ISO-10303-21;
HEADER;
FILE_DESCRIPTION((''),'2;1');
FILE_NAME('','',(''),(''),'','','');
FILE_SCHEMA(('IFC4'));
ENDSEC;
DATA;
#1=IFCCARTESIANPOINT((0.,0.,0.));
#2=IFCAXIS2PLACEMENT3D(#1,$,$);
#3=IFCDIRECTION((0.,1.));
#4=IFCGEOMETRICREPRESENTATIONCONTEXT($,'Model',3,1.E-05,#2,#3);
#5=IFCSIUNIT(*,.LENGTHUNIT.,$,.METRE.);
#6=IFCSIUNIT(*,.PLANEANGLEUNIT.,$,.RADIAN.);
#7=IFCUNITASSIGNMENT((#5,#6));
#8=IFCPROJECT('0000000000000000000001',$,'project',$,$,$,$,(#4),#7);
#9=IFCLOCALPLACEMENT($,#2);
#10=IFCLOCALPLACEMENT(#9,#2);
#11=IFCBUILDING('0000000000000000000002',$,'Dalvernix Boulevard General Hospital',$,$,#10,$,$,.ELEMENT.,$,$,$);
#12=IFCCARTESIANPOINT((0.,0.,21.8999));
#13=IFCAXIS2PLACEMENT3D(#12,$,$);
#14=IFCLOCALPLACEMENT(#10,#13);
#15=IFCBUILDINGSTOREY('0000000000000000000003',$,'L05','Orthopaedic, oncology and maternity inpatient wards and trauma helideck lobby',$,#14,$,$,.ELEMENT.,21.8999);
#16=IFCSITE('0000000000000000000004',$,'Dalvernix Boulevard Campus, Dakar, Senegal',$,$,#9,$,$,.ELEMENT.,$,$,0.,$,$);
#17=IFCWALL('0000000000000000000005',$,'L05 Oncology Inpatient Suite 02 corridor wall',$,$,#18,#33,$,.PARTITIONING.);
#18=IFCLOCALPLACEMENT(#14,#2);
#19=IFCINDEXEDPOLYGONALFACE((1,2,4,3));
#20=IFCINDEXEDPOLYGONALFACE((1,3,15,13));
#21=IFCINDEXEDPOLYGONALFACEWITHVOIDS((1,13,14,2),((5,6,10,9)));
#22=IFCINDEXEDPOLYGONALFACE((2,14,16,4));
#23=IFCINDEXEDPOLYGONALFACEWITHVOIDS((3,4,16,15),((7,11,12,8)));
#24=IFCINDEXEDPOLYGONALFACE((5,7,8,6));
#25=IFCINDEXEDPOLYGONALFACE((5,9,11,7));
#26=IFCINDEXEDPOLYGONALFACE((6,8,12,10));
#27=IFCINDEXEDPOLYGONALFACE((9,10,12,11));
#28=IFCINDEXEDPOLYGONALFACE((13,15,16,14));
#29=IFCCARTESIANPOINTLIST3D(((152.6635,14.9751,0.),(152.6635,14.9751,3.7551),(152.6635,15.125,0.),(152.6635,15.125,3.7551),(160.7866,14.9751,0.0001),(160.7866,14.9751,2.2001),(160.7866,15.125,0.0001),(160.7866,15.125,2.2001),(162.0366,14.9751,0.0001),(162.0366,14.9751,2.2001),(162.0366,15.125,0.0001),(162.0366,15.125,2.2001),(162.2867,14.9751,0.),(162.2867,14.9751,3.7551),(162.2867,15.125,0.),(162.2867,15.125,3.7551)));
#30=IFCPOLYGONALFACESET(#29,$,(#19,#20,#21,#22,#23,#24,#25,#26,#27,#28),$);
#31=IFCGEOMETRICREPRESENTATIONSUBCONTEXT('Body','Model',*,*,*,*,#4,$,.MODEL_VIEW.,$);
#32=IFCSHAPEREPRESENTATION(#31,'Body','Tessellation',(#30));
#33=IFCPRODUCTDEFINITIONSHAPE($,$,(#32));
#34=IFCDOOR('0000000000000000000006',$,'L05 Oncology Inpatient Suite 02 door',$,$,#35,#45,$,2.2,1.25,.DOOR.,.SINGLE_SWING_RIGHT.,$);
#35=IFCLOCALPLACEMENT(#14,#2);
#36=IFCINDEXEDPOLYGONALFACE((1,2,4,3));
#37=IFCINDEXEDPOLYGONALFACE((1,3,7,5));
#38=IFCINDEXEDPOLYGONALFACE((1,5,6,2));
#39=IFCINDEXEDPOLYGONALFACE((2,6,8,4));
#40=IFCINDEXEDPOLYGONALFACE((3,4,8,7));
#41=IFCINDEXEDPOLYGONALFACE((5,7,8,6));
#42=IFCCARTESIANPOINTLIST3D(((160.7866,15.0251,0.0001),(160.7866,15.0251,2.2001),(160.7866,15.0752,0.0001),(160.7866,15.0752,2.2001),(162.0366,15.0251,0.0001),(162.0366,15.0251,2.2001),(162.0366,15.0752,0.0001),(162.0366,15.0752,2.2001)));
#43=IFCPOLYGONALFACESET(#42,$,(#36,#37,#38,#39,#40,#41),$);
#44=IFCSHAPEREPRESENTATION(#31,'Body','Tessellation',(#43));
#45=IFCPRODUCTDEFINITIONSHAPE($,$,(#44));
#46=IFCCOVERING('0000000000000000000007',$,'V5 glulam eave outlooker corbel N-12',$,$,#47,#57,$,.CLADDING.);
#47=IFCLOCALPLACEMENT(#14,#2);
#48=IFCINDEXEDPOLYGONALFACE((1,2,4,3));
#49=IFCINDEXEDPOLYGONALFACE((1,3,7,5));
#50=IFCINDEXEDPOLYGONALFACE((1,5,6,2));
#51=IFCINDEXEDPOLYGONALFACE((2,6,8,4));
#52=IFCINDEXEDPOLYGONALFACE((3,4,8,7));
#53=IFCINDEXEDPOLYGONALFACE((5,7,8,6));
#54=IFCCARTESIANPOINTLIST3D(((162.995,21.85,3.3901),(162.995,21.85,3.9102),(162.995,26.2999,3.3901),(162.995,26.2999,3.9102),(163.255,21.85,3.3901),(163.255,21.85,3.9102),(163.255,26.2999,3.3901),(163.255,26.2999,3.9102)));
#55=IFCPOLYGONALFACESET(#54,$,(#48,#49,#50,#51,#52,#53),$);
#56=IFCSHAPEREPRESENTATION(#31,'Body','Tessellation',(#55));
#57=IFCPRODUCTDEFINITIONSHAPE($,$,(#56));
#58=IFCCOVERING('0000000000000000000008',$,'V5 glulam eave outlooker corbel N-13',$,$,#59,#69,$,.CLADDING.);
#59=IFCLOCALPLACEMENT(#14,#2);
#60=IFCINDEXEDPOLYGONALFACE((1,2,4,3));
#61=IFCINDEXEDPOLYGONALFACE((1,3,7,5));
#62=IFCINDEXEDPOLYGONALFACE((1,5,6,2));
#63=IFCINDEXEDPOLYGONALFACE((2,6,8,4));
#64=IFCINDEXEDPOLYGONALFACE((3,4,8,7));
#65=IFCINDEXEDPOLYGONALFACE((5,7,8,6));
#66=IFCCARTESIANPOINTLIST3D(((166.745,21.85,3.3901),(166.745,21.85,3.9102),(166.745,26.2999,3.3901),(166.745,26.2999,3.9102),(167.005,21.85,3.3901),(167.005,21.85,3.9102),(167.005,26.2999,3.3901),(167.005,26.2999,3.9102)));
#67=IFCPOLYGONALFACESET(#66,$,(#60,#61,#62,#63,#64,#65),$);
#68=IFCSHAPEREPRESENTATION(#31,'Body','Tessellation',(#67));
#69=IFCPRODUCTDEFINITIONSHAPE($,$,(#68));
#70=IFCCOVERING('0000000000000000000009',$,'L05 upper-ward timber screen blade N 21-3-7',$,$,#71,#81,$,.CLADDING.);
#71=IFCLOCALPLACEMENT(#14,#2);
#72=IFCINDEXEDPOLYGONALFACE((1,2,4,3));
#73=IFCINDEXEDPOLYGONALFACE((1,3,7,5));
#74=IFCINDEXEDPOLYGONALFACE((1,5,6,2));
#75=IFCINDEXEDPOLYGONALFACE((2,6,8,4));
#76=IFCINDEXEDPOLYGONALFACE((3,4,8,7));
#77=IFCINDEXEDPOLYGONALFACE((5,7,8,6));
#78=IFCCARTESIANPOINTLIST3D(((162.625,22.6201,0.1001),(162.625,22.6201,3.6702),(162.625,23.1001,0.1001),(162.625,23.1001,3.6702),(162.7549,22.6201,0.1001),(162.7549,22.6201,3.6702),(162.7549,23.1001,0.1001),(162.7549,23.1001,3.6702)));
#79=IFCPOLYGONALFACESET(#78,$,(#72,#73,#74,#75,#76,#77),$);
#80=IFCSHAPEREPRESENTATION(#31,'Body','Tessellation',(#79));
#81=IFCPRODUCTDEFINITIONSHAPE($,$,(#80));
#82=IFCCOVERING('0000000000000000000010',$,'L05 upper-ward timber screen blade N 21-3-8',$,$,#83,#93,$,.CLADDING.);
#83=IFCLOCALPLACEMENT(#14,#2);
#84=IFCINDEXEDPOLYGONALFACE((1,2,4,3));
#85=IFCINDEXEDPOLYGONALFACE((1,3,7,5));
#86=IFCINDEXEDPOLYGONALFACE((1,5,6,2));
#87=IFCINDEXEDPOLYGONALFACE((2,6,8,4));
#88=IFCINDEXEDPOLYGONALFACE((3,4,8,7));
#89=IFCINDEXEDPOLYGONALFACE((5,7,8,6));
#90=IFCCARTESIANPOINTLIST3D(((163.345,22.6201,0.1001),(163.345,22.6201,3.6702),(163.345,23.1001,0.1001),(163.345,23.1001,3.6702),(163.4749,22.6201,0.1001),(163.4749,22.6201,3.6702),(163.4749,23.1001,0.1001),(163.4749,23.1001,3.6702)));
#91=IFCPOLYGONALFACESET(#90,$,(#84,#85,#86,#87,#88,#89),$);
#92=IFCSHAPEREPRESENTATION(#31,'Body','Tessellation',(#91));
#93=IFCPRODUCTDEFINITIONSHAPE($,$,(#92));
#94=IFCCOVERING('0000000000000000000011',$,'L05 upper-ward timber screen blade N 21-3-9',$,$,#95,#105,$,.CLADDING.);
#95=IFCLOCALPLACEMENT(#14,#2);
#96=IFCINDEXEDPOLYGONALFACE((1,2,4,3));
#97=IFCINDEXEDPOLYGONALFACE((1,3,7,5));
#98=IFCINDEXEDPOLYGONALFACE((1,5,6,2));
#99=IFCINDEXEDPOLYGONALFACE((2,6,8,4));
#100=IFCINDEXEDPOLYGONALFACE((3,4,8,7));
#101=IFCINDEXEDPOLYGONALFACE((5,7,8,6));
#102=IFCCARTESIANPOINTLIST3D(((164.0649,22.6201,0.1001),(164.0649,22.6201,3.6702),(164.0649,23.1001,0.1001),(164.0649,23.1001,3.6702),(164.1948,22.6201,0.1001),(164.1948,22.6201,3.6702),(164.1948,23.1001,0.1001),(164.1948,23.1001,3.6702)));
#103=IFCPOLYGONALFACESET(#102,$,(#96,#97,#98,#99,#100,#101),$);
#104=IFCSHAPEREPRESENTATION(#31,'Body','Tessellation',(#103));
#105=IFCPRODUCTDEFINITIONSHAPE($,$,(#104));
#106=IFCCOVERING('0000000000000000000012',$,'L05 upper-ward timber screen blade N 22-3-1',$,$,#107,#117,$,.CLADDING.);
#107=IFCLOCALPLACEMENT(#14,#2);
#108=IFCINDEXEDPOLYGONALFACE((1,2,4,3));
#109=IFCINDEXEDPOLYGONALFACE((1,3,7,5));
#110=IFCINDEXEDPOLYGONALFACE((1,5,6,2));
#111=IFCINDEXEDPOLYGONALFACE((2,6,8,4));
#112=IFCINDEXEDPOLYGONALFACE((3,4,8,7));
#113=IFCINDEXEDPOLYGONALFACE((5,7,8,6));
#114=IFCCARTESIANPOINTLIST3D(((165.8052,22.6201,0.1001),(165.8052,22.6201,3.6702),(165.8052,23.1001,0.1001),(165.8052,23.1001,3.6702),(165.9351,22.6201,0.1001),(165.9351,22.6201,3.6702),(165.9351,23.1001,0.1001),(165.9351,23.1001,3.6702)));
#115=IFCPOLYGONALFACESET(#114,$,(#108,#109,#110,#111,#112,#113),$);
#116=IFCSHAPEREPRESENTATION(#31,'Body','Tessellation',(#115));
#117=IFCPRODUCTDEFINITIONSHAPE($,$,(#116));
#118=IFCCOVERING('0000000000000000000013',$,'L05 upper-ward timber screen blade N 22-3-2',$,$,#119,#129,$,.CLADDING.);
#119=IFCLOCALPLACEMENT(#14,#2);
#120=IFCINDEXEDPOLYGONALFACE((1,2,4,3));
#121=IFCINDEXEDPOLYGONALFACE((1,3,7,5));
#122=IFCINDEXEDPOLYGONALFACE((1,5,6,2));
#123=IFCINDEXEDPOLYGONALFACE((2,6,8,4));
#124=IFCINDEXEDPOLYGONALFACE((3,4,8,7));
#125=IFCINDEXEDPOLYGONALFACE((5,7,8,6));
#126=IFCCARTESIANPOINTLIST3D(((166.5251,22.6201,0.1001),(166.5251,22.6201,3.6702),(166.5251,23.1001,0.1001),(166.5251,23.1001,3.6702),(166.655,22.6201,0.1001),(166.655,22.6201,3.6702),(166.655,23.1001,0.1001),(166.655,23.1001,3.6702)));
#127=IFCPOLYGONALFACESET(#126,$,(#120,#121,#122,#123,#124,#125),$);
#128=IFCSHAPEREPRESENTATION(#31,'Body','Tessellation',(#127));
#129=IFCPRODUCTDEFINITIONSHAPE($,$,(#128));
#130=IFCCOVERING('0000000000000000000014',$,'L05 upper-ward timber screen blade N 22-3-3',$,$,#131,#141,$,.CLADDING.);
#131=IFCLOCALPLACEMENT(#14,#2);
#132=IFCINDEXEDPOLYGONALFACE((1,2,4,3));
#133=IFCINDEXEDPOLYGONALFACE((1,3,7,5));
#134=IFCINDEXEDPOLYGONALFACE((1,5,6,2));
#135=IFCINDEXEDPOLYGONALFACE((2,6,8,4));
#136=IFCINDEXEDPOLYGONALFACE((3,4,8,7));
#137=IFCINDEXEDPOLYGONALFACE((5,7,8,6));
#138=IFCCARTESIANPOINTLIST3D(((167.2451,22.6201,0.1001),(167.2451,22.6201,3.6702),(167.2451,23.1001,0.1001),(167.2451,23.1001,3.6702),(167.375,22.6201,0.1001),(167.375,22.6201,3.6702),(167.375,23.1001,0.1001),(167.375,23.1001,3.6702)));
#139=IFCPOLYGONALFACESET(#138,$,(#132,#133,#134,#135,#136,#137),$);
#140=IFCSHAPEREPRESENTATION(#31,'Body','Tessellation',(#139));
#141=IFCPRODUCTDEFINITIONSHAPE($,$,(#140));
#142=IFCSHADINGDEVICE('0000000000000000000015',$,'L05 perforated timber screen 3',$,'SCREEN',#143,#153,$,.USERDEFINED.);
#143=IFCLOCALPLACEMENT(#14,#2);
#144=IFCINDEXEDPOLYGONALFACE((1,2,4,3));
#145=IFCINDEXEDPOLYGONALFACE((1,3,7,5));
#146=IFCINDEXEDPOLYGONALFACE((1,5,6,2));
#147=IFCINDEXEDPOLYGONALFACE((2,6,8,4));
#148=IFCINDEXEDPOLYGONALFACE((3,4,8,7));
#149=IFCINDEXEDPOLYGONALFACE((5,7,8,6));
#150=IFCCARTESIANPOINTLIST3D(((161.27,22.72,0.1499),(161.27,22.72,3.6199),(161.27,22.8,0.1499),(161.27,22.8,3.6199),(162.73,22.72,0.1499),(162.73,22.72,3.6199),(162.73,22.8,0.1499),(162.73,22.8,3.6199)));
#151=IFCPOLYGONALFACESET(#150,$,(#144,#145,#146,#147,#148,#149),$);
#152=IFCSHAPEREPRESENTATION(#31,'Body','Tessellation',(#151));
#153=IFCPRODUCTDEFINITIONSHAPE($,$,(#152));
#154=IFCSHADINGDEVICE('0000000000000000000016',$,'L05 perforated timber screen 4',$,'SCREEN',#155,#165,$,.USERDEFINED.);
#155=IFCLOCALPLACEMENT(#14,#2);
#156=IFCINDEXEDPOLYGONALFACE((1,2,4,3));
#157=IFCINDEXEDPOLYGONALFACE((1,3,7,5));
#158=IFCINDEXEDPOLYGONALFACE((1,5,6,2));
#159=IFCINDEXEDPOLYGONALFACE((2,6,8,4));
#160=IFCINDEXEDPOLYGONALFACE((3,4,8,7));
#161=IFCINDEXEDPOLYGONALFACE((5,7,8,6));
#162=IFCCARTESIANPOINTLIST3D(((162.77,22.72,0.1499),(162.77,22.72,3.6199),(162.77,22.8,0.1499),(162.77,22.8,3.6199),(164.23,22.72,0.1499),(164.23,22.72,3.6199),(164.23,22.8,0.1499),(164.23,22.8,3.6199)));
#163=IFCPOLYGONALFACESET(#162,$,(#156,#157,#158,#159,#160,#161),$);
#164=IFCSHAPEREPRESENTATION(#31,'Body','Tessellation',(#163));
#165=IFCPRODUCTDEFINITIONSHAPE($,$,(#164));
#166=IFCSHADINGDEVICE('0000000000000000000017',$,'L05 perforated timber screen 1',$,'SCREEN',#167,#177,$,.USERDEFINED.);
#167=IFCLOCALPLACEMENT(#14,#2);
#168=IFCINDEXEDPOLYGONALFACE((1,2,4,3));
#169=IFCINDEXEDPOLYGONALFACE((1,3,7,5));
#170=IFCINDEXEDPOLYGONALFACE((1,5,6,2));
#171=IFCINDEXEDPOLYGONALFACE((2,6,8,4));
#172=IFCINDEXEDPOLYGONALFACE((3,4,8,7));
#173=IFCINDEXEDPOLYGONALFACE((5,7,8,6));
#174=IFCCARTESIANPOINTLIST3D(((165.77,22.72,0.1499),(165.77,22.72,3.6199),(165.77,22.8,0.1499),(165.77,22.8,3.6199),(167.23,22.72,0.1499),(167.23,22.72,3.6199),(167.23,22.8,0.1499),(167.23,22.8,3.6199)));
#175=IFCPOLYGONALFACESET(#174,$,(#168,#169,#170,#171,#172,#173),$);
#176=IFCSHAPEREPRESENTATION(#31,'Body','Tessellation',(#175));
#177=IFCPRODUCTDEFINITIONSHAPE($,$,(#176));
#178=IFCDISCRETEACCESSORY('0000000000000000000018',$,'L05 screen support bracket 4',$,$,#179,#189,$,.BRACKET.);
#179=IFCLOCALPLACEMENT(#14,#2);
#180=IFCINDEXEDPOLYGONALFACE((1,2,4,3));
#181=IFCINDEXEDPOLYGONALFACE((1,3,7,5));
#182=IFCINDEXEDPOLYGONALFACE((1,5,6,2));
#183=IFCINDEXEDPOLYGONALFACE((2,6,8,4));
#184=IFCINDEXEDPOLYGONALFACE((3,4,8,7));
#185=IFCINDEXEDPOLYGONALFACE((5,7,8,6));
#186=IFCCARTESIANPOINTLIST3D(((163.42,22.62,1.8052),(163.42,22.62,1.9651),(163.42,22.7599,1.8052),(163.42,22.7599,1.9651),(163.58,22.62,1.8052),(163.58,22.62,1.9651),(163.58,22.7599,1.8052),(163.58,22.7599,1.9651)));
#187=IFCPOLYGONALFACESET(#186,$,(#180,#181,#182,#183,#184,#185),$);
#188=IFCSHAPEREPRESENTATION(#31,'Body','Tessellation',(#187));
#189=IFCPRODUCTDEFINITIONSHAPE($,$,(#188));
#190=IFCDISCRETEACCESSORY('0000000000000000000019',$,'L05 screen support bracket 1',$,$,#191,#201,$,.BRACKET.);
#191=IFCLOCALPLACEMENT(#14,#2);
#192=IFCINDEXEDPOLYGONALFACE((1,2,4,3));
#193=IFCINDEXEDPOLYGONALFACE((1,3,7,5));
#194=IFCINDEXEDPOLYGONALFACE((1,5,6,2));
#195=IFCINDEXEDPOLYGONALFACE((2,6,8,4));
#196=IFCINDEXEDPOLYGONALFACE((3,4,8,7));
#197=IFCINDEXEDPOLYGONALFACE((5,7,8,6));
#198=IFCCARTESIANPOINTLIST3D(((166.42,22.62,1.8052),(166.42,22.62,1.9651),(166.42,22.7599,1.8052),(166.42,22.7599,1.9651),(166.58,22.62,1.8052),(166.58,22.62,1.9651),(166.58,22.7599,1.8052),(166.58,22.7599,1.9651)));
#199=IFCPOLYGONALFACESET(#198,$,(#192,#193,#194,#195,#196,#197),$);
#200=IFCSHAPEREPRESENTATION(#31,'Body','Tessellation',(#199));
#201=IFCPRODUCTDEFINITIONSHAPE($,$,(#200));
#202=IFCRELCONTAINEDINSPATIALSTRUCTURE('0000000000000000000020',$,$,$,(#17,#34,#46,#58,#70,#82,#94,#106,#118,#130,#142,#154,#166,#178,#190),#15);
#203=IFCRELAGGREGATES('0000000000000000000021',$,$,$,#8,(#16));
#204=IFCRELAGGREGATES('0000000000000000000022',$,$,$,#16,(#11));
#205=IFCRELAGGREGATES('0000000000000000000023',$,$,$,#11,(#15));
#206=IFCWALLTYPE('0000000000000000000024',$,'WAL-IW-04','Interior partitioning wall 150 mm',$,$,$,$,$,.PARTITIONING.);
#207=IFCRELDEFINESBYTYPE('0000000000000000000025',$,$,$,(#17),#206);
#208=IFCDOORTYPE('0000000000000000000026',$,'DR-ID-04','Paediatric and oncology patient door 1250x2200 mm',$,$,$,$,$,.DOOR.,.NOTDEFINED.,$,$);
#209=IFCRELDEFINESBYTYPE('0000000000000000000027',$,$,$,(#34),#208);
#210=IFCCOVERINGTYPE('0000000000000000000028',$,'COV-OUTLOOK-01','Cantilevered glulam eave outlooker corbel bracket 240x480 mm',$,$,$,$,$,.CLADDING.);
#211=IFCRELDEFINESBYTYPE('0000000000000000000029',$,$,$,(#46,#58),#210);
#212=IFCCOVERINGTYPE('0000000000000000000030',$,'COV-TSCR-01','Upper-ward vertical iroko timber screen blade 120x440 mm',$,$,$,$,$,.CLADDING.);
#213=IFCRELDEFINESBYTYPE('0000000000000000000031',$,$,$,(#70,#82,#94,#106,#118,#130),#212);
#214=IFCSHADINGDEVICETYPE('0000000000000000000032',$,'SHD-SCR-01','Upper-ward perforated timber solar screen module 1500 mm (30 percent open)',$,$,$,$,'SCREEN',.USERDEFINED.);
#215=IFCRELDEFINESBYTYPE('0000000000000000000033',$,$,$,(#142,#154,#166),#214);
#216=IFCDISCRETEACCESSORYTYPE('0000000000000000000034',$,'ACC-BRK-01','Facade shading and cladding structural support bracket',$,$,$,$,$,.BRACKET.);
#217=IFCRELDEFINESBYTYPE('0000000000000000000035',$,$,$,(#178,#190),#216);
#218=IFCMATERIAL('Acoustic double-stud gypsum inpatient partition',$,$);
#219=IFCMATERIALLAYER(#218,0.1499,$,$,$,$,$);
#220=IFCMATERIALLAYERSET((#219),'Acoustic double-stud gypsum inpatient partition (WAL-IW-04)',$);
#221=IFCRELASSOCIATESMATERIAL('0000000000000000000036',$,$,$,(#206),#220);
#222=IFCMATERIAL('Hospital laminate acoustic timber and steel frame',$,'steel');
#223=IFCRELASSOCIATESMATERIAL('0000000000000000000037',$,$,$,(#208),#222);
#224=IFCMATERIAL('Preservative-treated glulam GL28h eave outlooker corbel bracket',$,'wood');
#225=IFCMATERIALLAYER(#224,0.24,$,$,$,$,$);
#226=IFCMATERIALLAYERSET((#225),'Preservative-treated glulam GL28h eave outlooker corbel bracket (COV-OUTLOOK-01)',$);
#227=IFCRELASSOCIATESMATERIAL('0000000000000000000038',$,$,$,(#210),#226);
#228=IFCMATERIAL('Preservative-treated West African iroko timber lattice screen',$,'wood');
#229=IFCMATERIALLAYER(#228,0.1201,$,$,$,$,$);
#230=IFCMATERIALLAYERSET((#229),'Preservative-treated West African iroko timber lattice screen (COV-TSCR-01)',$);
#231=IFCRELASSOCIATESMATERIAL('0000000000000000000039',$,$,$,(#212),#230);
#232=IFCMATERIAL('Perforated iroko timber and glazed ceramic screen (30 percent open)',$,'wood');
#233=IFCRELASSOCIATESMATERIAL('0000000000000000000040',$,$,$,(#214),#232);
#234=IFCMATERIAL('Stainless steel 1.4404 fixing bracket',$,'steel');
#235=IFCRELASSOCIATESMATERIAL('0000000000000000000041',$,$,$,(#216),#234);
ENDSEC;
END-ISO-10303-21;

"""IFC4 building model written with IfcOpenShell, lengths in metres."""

from ifc_helpers import new_model, si_unit, direction, frame, frame_2d, origin, origin_2d, place, context, subcontext, project, spatial, rectangle, extrude, material, layer, layer_set, type_object, element, fill, save


model = new_model("IFC4")

# Units and contexts
model_context = context("Model", 3, precision=1e-05, world=origin(), true_north=direction((0.0, 1.0)))
body_context = subcontext(model_context, "Body", "Model", "MODEL_VIEW")
ifc_project = project(units=[si_unit("LENGTHUNIT", "METRE"), si_unit("PLANEANGLEUNIT", "RADIAN")], contexts=[model_context])

# Site, building, storey
site_placement = place(None, origin())
site = spatial("IfcSite", under=ifc_project, at=site_placement, Name="Dalvernix Boulevard Campus, Dakar, Senegal", CompositionType="ELEMENT", RefElevation=0.0)
building_placement = place(site_placement, origin())
building = spatial("IfcBuilding", under=site, at=building_placement, Name="Dalvernix Boulevard General Hospital", CompositionType="ELEMENT")
storey_placement = place(building_placement, frame((0.0, 0.0, 21.8999)))
storey = spatial("IfcBuildingStorey", under=building, at=storey_placement, Name="L05", Description="Orthopaedic, oncology and maternity inpatient wards and trauma helideck lobby", CompositionType="ELEMENT", Elevation=21.8999)

# Wall, opening, door
ifc_material_1 = material(Name="Acoustic double-stud gypsum inpatient partition")
ifc_layer_1 = layer(ifc_material_1, 0.1499)
ifc_layer_set_1 = layer_set([ifc_layer_1], Name="Acoustic double-stud gypsum inpatient partition (WAL-IW-04)")
wall_type_1 = type_object("IfcWallType", Name="WAL-IW-04", Description="Interior partitioning wall 150 mm", PredefinedType="PARTITIONING", material=ifc_layer_set_1)
wall_1_placement = place(storey_placement, frame((162.2866, 15.05, 0.0), z_axis=(0.0, 0.0, 1.0), x_axis=(-1.0, 0.0, 0.0)))
wall_1 = element("IfcWall", 1, at=wall_1_placement, inside=storey, type_object=wall_type_1, Name="L05 Oncology Inpatient Suite 02 corridor wall", PredefinedType="PARTITIONING", context=body_context, shape_type="SweptSolid", body=[
    extrude(rectangle(XDim=9.6233, YDim=0.1499, at=frame_2d((4.8115, 0.0))), origin(), (0.0, 0.0, 1.0), 3.7551),
])
opening_1_placement = place(wall_1_placement, frame((0.25, 0.0, 0.0)))
opening_1 = element("IfcOpeningElement", 2, at=opening_1_placement, cuts=wall_1, PredefinedType="OPENING", context=body_context, shape_type="SweptSolid", body=[
    extrude(rectangle(XDim=1.25, YDim=2.2, at=frame_2d((0.625, 1.1001))), frame((0.0, 0.085, 0.0), z_axis=(0.0, -1.0, 0.0), x_axis=(1.0, 0.0, 0.0)), (0.0, 0.0, 1.0), 0.1699),
])
ifc_material_2 = material(Name="Hospital laminate acoustic timber and steel frame", Category="steel")
door_type = type_object("IfcDoorType", Name="DR-ID-04", Description="Paediatric and oncology patient door 1250x2200 mm", OperationType="NOTDEFINED", PredefinedType="DOOR", material=ifc_material_2)
door_placement = place(opening_1_placement, origin())
door = element("IfcDoor", 3, at=door_placement, inside=storey, type_object=door_type, Name="L05 Oncology Inpatient Suite 02 door", OperationType="SINGLE_SWING_RIGHT", OverallHeight=2.2, OverallWidth=1.25, PredefinedType="DOOR", context=body_context, shape_type="SweptSolid", body=[
    extrude(rectangle(XDim=1.25, YDim=2.2, at=frame_2d((0.625, 1.1001))), frame((0.0, 0.0249, 0.0), z_axis=(0.0, -1.0, 0.0), x_axis=(1.0, 0.0, 0.0)), (0.0, 0.0, 1.0), 0.05),
])
fill(opening_1, door)

# Coverings
ifc_material_3 = material(Name="Preservative-treated glulam GL28h eave outlooker corbel bracket", Category="wood")
ifc_layer_2 = layer(ifc_material_3, 0.24)
ifc_layer_set_2 = layer_set([ifc_layer_2], Name="Preservative-treated glulam GL28h eave outlooker corbel bracket (COV-OUTLOOK-01)")
covering_type_1 = type_object("IfcCoveringType", Name="COV-OUTLOOK-01", Description="Cantilevered glulam eave outlooker corbel bracket 240x480 mm", PredefinedType="CLADDING", material=ifc_layer_set_2)
for number, where, z_axis, x_axis, name in (
    (4, (163.125, 24.075, 3.3901), (0.0, 0.0, 1.0), (1.0, 0.0, 0.0), "V5 glulam eave outlooker corbel N-12"),
    (5, (166.875, 24.075, 3.3901), (0.0, 0.0, 1.0), (1.0, 0.0, 0.0), "V5 glulam eave outlooker corbel N-13"),
):
    element("IfcCovering", number, at=place(storey_placement, frame(where, z_axis=z_axis, x_axis=x_axis)), inside=storey, type_object=covering_type_1, Name=name, PredefinedType="CLADDING", context=body_context, shape_type="SweptSolid", body=[
        extrude(rectangle(XDim=0.26, YDim=4.45, at=origin_2d()), origin(), (0.0, 0.0, 1.0), 0.52),
    ])
ifc_material_4 = material(Name="Preservative-treated West African iroko timber lattice screen", Category="wood")
ifc_layer_3 = layer(ifc_material_4, 0.1201)
ifc_layer_set_3 = layer_set([ifc_layer_3], Name="Preservative-treated West African iroko timber lattice screen (COV-TSCR-01)")
covering_type_2 = type_object("IfcCoveringType", Name="COV-TSCR-01", Description="Upper-ward vertical iroko timber screen blade 120x440 mm", PredefinedType="CLADDING", material=ifc_layer_set_3)
for number, where, z_axis, x_axis, name in (
    (6, (162.6899, 22.8601, 0.1001), (0.0, 0.0, 1.0), (1.0, 0.0, 0.0), "L05 upper-ward timber screen blade N 21-3-7"),
    (7, (163.4099, 22.8601, 0.1001), (0.0, 0.0, 1.0), (1.0, 0.0, 0.0), "L05 upper-ward timber screen blade N 21-3-8"),
    (8, (164.1299, 22.8601, 0.1001), (0.0, 0.0, 1.0), (1.0, 0.0, 0.0), "L05 upper-ward timber screen blade N 21-3-9"),
    (9, (165.8701, 22.8601, 0.1001), (0.0, 0.0, 1.0), (1.0, 0.0, 0.0), "L05 upper-ward timber screen blade N 22-3-1"),
    (10, (166.5901, 22.8601, 0.1001), (0.0, 0.0, 1.0), (1.0, 0.0, 0.0), "L05 upper-ward timber screen blade N 22-3-2"),
    (11, (167.3101, 22.8601, 0.1001), (0.0, 0.0, 1.0), (1.0, 0.0, 0.0), "L05 upper-ward timber screen blade N 22-3-3"),
):
    element("IfcCovering", number, at=place(storey_placement, frame(where, z_axis=z_axis, x_axis=x_axis)), inside=storey, type_object=covering_type_2, Name=name, PredefinedType="CLADDING", context=body_context, shape_type="SweptSolid", body=[
        extrude(rectangle(XDim=0.1299, YDim=0.48, at=origin_2d()), origin(), (0.0, 0.0, 1.0), 3.5701),
    ])

# Shading devices
ifc_material_5 = material(Name="Perforated iroko timber and glazed ceramic screen (30 percent open)", Category="wood")
shading_device_type = type_object("IfcShadingDeviceType", Name="SHD-SCR-01", Description="Upper-ward perforated timber solar screen module 1500 mm (30 percent open)", ElementType="SCREEN", PredefinedType="USERDEFINED", material=ifc_material_5)
for number, where, z_axis, x_axis, name in (
    (12, (162.0, 22.76, 0.1499), (0.0, 0.0, 1.0), (1.0, 0.0, 0.0), "L05 perforated timber screen 3"),
    (13, (163.5, 22.76, 0.1499), (0.0, 0.0, 1.0), (1.0, 0.0, 0.0), "L05 perforated timber screen 4"),
    (14, (166.5, 22.76, 0.1499), (0.0, 0.0, 1.0), (1.0, 0.0, 0.0), "L05 perforated timber screen 1"),
):
    element("IfcShadingDevice", number, at=place(storey_placement, frame(where, z_axis=z_axis, x_axis=x_axis)), inside=storey, type_object=shading_device_type, Name=name, ObjectType="SCREEN", PredefinedType="USERDEFINED", context=body_context, shape_type="SweptSolid", body=[
        extrude(rectangle(XDim=1.46, YDim=0.0801, at=origin_2d()), origin(), (0.0, 0.0, 1.0), 3.47),
    ])

# Discrete accessories
ifc_material_6 = material(Name="Stainless steel 1.4404 fixing bracket", Category="steel")
discrete_accessory_type = type_object("IfcDiscreteAccessoryType", Name="ACC-BRK-01", Description="Facade shading and cladding structural support bracket", PredefinedType="BRACKET", material=ifc_material_6)
for number, where, z_axis, x_axis, name in (
    (15, (163.5, 22.6899, 1.8052), (0.0, 0.0, 1.0), (1.0, 0.0, 0.0), "L05 screen support bracket 4"),
    (16, (166.5, 22.6899, 1.8052), (0.0, 0.0, 1.0), (1.0, 0.0, 0.0), "L05 screen support bracket 1"),
):
    element("IfcDiscreteAccessory", number, at=place(storey_placement, frame(where, z_axis=z_axis, x_axis=x_axis)), inside=storey, type_object=discrete_accessory_type, Name=name, PredefinedType="BRACKET", context=body_context, shape_type="SweptSolid", body=[
        extrude(rectangle(XDim=0.1599, YDim=0.1399, at=origin_2d()), origin(), (0.0, 0.0, 1.0), 0.1599),
    ])

save(model, "model.ifc")
